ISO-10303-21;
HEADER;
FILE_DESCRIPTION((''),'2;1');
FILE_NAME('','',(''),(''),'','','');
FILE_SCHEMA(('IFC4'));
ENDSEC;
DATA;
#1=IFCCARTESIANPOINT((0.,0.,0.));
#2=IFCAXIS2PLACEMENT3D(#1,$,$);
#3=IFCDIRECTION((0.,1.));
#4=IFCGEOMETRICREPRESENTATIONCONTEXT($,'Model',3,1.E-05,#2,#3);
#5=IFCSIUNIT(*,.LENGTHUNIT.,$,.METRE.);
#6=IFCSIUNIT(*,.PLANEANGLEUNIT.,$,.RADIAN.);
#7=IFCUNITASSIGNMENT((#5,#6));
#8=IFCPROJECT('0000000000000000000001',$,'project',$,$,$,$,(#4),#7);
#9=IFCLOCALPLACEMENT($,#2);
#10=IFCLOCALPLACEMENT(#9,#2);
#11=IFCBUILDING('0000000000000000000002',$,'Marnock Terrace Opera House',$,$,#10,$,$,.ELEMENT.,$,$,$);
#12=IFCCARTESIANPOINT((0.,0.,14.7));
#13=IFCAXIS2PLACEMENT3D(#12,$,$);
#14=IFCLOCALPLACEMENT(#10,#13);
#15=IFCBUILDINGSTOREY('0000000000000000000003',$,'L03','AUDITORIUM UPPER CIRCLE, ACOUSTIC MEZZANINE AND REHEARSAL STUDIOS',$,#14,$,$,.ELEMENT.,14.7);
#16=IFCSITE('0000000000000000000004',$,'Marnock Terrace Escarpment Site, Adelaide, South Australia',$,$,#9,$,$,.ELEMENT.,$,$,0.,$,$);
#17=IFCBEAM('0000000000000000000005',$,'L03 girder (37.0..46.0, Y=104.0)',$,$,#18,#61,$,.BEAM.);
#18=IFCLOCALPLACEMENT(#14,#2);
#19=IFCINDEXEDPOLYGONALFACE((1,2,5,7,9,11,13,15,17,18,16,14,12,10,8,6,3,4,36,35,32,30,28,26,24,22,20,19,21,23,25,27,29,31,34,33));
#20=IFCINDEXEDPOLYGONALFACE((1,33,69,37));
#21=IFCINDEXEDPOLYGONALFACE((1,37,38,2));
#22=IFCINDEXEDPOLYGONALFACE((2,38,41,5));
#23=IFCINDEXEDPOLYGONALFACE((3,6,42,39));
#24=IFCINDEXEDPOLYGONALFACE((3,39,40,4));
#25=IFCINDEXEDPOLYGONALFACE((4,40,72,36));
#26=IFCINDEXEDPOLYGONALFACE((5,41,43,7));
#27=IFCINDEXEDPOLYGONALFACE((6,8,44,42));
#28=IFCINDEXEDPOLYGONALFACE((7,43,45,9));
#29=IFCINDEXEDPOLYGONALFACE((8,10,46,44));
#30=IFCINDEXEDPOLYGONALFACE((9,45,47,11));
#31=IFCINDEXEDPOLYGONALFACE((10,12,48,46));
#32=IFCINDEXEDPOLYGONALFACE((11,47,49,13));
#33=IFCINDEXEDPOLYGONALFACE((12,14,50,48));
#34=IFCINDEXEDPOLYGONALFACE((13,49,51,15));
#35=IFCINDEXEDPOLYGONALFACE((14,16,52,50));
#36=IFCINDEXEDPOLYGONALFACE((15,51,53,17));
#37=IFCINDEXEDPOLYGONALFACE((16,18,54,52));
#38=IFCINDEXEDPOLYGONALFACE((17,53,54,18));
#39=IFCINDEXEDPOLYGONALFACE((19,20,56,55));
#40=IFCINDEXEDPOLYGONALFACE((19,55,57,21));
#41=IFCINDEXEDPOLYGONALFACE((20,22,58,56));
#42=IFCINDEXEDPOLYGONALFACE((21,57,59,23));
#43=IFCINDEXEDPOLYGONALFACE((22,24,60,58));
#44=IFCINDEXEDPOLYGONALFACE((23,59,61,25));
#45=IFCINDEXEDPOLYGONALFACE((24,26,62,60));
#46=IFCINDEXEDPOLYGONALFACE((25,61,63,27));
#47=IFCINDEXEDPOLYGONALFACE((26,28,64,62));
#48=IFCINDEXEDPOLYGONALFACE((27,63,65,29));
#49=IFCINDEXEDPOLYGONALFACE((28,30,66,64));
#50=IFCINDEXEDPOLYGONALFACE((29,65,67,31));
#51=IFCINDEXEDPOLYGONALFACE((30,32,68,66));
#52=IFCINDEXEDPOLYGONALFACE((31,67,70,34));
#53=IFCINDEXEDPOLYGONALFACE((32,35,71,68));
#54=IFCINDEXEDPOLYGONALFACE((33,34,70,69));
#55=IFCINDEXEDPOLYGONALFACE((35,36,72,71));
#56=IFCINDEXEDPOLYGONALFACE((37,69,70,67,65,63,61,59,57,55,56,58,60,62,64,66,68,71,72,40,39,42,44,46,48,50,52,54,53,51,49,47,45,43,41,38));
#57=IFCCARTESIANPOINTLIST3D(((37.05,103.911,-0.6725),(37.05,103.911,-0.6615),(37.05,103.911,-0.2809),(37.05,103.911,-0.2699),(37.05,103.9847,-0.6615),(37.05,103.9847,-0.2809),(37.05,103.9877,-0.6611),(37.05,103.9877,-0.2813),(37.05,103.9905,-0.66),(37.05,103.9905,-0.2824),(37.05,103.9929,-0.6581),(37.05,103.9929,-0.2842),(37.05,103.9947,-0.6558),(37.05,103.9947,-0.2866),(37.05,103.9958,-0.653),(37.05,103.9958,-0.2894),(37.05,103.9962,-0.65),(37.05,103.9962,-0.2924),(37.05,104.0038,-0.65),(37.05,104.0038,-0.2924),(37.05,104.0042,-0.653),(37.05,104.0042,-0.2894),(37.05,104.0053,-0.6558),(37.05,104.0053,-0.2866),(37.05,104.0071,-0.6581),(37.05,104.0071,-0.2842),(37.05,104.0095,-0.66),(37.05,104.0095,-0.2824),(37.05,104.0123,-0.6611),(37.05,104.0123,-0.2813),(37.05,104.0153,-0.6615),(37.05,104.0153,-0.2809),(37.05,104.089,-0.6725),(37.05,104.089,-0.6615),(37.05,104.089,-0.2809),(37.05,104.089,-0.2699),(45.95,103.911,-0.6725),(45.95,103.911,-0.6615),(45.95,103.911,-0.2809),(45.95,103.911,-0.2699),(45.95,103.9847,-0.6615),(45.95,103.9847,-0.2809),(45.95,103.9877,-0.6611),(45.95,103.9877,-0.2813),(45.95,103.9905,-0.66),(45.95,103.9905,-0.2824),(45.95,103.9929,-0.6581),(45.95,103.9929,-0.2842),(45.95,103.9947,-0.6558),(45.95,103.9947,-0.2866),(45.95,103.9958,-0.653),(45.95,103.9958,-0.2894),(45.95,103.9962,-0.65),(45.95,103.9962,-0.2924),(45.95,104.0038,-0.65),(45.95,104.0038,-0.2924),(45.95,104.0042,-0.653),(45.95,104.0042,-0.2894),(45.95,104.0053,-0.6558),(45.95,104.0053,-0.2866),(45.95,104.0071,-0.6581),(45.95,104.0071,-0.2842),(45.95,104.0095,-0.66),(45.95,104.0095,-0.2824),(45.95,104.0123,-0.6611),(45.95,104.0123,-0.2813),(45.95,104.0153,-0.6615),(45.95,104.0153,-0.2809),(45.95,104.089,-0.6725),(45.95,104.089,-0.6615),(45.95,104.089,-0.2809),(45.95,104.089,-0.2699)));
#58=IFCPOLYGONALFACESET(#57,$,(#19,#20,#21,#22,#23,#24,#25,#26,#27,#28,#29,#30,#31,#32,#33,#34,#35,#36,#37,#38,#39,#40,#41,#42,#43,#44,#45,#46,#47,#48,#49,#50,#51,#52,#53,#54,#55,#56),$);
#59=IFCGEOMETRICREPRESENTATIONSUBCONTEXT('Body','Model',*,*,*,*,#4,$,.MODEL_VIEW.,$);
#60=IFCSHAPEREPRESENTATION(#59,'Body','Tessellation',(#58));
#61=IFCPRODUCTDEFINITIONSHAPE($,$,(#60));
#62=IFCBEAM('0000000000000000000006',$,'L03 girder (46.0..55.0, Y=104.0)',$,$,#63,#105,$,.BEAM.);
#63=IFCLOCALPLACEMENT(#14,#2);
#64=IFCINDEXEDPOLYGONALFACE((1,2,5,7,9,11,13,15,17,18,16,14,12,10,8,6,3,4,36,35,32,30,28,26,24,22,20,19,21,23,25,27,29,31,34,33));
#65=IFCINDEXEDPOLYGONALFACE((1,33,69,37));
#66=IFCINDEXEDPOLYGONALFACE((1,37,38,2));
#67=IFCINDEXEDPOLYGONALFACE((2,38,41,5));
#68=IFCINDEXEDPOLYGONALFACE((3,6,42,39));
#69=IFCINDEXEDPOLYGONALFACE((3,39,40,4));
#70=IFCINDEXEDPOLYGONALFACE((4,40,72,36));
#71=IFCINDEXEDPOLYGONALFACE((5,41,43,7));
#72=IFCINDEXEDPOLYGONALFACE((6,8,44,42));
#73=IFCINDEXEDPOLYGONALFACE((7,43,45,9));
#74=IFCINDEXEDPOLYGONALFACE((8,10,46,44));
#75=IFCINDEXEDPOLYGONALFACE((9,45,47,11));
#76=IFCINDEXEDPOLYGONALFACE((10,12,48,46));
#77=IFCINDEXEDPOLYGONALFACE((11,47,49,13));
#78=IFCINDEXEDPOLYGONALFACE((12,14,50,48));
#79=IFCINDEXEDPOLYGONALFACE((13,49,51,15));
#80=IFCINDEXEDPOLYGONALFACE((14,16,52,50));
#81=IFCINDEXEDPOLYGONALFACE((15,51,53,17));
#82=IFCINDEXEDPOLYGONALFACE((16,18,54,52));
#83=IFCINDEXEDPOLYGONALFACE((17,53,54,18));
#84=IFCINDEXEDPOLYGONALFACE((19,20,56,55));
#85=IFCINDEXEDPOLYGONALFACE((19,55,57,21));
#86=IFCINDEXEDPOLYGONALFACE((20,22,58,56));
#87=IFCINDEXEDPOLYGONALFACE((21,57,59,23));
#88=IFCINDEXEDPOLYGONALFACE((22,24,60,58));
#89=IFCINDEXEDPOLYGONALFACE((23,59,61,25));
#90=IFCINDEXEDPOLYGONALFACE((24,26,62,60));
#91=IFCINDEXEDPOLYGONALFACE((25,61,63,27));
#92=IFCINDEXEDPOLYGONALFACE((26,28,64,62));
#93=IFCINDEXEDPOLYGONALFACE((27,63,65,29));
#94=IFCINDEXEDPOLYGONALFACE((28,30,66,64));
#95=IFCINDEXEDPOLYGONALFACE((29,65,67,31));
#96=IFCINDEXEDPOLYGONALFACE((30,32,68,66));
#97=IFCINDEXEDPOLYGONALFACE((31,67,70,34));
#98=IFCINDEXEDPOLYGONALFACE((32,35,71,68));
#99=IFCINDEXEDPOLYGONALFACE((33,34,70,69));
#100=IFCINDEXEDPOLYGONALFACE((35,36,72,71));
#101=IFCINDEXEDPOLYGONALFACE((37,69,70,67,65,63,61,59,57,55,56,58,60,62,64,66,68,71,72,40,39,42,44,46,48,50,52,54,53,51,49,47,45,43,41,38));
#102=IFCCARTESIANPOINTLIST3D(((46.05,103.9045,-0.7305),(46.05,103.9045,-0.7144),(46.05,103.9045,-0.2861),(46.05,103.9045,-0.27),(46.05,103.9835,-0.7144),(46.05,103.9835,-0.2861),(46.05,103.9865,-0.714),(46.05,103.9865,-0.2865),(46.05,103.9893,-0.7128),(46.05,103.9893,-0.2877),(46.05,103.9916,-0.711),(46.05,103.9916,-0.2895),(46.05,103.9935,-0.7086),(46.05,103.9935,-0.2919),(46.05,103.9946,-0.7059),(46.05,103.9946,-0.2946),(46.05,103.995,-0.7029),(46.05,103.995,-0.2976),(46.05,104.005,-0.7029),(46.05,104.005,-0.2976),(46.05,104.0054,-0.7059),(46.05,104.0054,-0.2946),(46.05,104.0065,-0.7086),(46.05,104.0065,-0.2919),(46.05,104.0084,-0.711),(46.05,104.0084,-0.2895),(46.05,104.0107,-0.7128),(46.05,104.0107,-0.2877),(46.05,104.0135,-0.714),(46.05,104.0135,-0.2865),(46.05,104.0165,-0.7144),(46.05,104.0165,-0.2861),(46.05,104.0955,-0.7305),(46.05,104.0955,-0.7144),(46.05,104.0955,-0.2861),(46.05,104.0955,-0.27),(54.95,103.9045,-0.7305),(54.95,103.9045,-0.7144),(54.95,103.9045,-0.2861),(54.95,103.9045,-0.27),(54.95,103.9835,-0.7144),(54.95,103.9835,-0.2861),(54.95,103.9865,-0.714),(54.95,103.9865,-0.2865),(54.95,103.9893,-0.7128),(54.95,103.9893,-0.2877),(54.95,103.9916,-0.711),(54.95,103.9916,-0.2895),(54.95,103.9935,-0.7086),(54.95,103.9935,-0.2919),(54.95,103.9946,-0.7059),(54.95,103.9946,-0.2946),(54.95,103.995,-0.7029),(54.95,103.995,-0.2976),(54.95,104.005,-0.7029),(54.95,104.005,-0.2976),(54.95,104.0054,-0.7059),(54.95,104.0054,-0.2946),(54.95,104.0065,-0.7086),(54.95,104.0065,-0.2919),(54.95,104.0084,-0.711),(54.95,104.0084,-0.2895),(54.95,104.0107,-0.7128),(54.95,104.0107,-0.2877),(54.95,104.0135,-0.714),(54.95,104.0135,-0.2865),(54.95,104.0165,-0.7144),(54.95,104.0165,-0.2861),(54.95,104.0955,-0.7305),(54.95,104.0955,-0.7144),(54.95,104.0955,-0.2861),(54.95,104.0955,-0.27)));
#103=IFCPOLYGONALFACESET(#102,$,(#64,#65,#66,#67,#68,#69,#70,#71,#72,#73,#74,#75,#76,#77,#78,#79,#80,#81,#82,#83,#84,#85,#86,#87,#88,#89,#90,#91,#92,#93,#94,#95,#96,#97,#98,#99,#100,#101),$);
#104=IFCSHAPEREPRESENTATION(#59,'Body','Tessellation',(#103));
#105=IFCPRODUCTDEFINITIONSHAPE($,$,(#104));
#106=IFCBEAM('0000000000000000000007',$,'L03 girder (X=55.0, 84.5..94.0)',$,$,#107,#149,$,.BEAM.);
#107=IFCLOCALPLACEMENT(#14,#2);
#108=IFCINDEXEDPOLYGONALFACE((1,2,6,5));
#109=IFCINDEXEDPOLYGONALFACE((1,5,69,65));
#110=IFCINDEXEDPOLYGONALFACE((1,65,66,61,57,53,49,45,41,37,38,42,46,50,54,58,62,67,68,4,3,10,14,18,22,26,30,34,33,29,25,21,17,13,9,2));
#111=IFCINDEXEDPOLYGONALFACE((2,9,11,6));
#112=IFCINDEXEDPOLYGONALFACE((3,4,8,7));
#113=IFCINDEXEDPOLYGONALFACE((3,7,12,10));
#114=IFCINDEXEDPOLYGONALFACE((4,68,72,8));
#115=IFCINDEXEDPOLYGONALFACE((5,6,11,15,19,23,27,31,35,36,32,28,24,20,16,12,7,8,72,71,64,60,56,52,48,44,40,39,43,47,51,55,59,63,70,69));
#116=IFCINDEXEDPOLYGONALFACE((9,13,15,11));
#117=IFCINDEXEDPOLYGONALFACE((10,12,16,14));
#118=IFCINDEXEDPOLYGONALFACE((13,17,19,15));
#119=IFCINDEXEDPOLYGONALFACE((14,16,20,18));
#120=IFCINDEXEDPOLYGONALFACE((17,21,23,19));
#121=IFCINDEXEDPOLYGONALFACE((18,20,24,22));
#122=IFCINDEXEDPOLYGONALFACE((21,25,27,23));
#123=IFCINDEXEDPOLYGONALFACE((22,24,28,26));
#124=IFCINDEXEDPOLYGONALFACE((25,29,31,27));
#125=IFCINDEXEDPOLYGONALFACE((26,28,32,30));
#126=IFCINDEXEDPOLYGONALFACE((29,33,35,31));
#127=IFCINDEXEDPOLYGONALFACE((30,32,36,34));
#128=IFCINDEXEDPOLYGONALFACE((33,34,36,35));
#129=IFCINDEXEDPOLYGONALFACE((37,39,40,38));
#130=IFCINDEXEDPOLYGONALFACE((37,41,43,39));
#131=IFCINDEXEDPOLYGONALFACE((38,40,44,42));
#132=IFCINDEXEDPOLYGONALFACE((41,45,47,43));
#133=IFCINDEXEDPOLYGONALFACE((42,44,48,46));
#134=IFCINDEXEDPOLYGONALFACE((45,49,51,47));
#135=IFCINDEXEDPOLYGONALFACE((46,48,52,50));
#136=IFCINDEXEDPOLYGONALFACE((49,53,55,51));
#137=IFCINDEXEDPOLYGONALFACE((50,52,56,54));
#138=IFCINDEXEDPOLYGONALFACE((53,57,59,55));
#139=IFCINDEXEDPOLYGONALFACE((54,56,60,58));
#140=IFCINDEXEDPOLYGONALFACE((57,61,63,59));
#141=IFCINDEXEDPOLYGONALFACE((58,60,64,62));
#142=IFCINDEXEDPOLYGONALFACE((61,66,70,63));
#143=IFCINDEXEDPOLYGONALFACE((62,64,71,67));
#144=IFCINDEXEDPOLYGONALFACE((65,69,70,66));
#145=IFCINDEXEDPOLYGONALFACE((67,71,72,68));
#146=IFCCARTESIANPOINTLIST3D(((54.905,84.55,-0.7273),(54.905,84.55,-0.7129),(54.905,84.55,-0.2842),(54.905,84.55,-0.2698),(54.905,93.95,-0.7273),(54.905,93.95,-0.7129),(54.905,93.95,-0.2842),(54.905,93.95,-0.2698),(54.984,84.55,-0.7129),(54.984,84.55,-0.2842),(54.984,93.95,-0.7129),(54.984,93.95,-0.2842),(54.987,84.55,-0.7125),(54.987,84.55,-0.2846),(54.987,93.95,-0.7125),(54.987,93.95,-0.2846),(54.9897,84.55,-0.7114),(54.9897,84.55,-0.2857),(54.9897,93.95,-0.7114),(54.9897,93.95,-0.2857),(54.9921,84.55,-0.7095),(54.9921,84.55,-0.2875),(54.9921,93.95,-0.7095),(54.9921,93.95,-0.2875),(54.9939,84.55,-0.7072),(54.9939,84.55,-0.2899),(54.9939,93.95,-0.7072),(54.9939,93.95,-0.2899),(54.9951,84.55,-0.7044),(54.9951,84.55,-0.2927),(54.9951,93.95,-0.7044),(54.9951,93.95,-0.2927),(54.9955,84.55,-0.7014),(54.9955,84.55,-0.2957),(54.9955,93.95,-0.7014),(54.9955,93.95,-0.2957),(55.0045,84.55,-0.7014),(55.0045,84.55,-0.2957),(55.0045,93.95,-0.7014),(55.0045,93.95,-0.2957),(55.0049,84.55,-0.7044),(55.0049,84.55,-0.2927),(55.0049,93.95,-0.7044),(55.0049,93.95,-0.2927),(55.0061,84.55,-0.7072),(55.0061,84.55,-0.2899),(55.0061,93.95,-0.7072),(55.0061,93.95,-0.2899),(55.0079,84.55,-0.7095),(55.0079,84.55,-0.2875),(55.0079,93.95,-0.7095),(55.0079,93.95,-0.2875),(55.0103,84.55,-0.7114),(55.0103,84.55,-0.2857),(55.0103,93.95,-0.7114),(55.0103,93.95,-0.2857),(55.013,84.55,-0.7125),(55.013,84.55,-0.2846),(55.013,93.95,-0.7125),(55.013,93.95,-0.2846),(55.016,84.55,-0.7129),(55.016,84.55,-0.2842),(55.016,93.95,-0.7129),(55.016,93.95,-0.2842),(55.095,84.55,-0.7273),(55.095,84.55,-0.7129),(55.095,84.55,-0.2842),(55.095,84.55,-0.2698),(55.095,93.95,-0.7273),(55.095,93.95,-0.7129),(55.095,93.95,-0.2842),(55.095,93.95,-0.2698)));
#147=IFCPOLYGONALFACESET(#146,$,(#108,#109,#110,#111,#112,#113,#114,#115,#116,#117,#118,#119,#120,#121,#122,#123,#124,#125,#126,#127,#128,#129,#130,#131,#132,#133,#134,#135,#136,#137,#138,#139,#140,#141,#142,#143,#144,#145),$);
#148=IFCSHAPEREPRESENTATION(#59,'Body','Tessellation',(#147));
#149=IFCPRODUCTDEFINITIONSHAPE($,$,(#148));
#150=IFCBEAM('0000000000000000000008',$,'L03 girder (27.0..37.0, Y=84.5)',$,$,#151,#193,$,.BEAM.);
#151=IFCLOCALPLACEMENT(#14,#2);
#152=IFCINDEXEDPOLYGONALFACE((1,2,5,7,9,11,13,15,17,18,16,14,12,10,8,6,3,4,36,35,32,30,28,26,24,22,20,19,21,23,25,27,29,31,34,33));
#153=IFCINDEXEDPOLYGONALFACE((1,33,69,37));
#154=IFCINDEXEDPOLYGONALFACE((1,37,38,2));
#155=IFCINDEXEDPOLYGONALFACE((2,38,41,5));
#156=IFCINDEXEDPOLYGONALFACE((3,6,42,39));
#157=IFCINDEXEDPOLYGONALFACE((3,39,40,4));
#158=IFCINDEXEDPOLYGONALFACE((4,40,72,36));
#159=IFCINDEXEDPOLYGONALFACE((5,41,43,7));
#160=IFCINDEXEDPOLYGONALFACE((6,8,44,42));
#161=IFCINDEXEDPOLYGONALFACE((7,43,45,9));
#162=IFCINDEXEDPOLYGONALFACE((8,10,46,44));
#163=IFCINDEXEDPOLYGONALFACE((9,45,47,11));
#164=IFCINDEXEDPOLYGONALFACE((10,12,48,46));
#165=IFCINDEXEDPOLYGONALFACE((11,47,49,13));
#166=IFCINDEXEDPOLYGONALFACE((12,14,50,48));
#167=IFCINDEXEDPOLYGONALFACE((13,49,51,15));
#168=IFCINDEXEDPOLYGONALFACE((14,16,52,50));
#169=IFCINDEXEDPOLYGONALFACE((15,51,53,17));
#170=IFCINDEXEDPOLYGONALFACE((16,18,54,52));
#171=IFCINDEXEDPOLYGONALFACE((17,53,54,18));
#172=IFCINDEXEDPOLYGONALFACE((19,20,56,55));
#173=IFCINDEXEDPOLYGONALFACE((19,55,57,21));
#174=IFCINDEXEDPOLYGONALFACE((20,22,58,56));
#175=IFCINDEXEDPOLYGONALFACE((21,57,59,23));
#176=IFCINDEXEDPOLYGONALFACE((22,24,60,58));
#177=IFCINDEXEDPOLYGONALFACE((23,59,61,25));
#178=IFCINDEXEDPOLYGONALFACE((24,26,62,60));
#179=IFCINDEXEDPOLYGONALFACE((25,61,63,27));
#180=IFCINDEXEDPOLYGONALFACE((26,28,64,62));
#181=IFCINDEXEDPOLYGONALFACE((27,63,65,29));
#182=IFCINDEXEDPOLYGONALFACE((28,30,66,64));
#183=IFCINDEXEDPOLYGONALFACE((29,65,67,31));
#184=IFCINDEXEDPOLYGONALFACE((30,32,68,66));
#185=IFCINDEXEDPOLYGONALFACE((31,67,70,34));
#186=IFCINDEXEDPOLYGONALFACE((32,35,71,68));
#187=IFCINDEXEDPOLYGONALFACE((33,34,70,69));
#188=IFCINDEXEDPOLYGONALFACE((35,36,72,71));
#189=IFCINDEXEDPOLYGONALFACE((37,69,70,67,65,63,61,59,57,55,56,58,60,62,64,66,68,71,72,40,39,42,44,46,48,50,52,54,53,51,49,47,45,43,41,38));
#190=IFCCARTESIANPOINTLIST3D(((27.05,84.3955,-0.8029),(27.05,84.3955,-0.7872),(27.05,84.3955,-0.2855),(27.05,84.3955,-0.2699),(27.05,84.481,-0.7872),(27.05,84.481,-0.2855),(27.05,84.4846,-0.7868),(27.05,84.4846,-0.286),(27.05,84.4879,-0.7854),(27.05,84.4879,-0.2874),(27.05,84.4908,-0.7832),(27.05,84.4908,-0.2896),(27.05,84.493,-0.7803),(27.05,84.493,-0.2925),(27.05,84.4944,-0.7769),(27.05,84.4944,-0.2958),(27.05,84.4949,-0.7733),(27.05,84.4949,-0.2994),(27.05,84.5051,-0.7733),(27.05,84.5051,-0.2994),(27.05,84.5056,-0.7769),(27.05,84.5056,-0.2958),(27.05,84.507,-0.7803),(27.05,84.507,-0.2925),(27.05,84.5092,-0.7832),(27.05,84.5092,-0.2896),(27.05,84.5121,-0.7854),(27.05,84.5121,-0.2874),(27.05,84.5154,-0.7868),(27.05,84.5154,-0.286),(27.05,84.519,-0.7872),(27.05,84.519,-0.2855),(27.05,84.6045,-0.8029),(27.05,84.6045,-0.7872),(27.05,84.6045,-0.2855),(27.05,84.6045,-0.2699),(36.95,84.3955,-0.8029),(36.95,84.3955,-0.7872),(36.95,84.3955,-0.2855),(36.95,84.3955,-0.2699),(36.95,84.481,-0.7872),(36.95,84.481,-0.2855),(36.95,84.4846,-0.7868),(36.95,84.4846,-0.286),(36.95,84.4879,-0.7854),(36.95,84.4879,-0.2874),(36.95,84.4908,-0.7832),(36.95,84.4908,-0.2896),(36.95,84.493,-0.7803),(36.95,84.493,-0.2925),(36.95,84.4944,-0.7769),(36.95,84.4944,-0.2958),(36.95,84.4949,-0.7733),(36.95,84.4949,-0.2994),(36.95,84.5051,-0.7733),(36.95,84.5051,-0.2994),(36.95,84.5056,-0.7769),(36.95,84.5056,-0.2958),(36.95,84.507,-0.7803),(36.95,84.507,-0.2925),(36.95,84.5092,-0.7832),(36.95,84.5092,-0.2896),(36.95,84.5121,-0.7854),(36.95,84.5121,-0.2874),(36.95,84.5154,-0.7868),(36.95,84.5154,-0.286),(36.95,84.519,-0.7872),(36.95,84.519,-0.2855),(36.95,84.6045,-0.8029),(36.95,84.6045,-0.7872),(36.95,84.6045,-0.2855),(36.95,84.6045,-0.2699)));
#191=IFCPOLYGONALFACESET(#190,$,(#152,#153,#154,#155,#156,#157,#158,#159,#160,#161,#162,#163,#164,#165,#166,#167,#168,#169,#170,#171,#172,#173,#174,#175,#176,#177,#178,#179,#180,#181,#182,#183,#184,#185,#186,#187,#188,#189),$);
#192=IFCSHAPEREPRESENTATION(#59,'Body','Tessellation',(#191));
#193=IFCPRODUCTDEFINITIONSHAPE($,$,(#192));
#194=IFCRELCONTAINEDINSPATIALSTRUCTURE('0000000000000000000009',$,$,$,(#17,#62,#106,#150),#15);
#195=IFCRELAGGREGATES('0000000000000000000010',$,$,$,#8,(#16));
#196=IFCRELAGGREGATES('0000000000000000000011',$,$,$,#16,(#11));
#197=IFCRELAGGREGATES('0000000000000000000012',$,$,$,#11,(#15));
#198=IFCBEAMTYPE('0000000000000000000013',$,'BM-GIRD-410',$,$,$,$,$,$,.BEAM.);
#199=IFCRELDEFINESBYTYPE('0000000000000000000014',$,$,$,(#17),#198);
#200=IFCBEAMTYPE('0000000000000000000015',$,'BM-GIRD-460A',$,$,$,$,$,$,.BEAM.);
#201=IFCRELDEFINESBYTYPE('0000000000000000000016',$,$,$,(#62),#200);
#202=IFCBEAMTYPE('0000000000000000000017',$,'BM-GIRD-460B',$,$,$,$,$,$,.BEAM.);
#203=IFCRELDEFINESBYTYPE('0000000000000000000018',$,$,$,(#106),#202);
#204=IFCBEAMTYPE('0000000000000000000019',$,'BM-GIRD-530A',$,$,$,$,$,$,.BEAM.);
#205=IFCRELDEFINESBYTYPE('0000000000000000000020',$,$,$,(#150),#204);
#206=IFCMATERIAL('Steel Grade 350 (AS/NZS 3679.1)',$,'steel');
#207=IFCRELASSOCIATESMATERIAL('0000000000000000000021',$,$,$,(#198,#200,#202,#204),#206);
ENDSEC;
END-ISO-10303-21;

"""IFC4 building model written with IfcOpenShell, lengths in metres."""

from ifc_helpers import new_model, si_unit, direction, frame, origin, origin_2d, place, context, subcontext, project, spatial, i_section, extrude, material, material_profile, profile_set, type_object, element, save


model = new_model("IFC4")

# Units and contexts
model_context = context("Model", 3, precision=1e-05, world=origin(), true_north=direction((0.0, 1.0)))
body_context = subcontext(model_context, "Body", "Model", "MODEL_VIEW")
ifc_project = project(units=[si_unit("LENGTHUNIT", "METRE"), si_unit("PLANEANGLEUNIT", "RADIAN")], contexts=[model_context])

# Site, building, storey
site_placement = place(None, origin())
site = spatial("IfcSite", under=ifc_project, at=site_placement, Name="Marnock Terrace Escarpment Site, Adelaide, South Australia", CompositionType="ELEMENT", RefElevation=0.0)
building_placement = place(site_placement, origin())
building = spatial("IfcBuilding", under=site, at=building_placement, Name="Marnock Terrace Opera House", CompositionType="ELEMENT")
storey_placement = place(building_placement, frame((0.0, 0.0, 14.7)))
storey = spatial("IfcBuildingStorey", under=building, at=storey_placement, Name="L03", Description="AUDITORIUM UPPER CIRCLE, ACOUSTIC MEZZANINE AND REHEARSAL STUDIOS", CompositionType="ELEMENT", Elevation=14.7)

# Beams
ifc_material_1 = material(Name="Steel Grade 350 (AS/NZS 3679.1)", Category="steel")
ifc_material_profile_1 = material_profile(ifc_material_1, i_section(OverallWidth=0.178, OverallDepth=0.4026, WebThickness=0.0076, FlangeThickness=0.011, FilletRadius=0.0115, at=origin_2d()))
ifc_profile_set_1 = profile_set([ifc_material_profile_1], Name="Steel Grade 350 (AS/NZS 3679.1)")
beam_type_1 = type_object("IfcBeamType", Name="BM-GIRD-410", PredefinedType="BEAM", material=ifc_profile_set_1)
beam_1_placement = place(storey_placement, frame((37.05, 104.0, -0.4712), z_axis=(1.0, 0.0, 0.0), x_axis=(0.0, 1.0, 0.0)))
element("IfcBeam", 1, at=beam_1_placement, inside=storey, type_object=beam_type_1, Name="L03 girder (37.0..46.0, Y=104.0)", PredefinedType="BEAM", context=body_context, shape_type="SweptSolid", body=[
    extrude(i_section(OverallWidth=0.178, OverallDepth=0.4026, WebThickness=0.0076, FlangeThickness=0.011, FilletRadius=0.0115, at=origin_2d()), origin(), (0.0, 0.0, 1.0), 8.8999),
])
ifc_material_profile_2 = material_profile(ifc_material_1, i_section(OverallWidth=0.1909, OverallDepth=0.4604, WebThickness=0.01, FlangeThickness=0.0161, FilletRadius=0.0115, at=origin_2d()))
ifc_profile_set_2 = profile_set([ifc_material_profile_2], Name="Steel Grade 350 (AS/NZS 3679.1)")
beam_type_2 = type_object("IfcBeamType", Name="BM-GIRD-460A", PredefinedType="BEAM", material=ifc_profile_set_2)
beam_2_placement = place(storey_placement, frame((46.05, 104.0, -0.5002), z_axis=(1.0, 0.0, 0.0), x_axis=(0.0, 1.0, 0.0)))
element("IfcBeam", 2, at=beam_2_placement, inside=storey, type_object=beam_type_2, Name="L03 girder (46.0..55.0, Y=104.0)", PredefinedType="BEAM", context=body_context, shape_type="SweptSolid", body=[
    extrude(i_section(OverallWidth=0.1909, OverallDepth=0.4604, WebThickness=0.01, FlangeThickness=0.0161, FilletRadius=0.0115, at=origin_2d()), origin(), (0.0, 0.0, 1.0), 8.8999),
])
ifc_material_profile_3 = material_profile(ifc_material_1, i_section(OverallWidth=0.1899, OverallDepth=0.4575, WebThickness=0.009, FlangeThickness=0.0144, FilletRadius=0.0115, at=origin_2d()))
ifc_profile_set_3 = profile_set([ifc_material_profile_3], Name="Steel Grade 350 (AS/NZS 3679.1)")
beam_type_3 = type_object("IfcBeamType", Name="BM-GIRD-460B", PredefinedType="BEAM", material=ifc_profile_set_3)
beam_3_placement = place(storey_placement, frame((55.0, 84.55, -0.4985), z_axis=(0.0, 1.0, 0.0), x_axis=(-1.0, 0.0, 0.0)))
element("IfcBeam", 3, at=beam_3_placement, inside=storey, type_object=beam_type_3, Name="L03 girder (X=55.0, 84.5..94.0)", PredefinedType="BEAM", context=body_context, shape_type="SweptSolid", body=[
    extrude(i_section(OverallWidth=0.1899, OverallDepth=0.4575, WebThickness=0.009, FlangeThickness=0.0144, FilletRadius=0.0115, at=origin_2d()), origin(), (0.0, 0.0, 1.0), 9.3999),
])
ifc_material_profile_4 = material_profile(ifc_material_1, i_section(OverallWidth=0.209, OverallDepth=0.533, WebThickness=0.0103, FlangeThickness=0.0156, FilletRadius=0.0139, at=origin_2d()))
ifc_profile_set_4 = profile_set([ifc_material_profile_4], Name="Steel Grade 350 (AS/NZS 3679.1)")
beam_type_4 = type_object("IfcBeamType", Name="BM-GIRD-530A", PredefinedType="BEAM", material=ifc_profile_set_4)
beam_4_placement = place(storey_placement, frame((27.05, 84.5, -0.5364), z_axis=(1.0, 0.0, 0.0), x_axis=(0.0, 1.0, 0.0)))
element("IfcBeam", 4, at=beam_4_placement, inside=storey, type_object=beam_type_4, Name="L03 girder (27.0..37.0, Y=84.5)", PredefinedType="BEAM", context=body_context, shape_type="SweptSolid", body=[
    extrude(i_section(OverallWidth=0.209, OverallDepth=0.533, WebThickness=0.0103, FlangeThickness=0.0156, FilletRadius=0.0139, at=origin_2d()), origin(), (0.0, 0.0, 1.0), 9.8999),
])

save(model, "model.ifc")
